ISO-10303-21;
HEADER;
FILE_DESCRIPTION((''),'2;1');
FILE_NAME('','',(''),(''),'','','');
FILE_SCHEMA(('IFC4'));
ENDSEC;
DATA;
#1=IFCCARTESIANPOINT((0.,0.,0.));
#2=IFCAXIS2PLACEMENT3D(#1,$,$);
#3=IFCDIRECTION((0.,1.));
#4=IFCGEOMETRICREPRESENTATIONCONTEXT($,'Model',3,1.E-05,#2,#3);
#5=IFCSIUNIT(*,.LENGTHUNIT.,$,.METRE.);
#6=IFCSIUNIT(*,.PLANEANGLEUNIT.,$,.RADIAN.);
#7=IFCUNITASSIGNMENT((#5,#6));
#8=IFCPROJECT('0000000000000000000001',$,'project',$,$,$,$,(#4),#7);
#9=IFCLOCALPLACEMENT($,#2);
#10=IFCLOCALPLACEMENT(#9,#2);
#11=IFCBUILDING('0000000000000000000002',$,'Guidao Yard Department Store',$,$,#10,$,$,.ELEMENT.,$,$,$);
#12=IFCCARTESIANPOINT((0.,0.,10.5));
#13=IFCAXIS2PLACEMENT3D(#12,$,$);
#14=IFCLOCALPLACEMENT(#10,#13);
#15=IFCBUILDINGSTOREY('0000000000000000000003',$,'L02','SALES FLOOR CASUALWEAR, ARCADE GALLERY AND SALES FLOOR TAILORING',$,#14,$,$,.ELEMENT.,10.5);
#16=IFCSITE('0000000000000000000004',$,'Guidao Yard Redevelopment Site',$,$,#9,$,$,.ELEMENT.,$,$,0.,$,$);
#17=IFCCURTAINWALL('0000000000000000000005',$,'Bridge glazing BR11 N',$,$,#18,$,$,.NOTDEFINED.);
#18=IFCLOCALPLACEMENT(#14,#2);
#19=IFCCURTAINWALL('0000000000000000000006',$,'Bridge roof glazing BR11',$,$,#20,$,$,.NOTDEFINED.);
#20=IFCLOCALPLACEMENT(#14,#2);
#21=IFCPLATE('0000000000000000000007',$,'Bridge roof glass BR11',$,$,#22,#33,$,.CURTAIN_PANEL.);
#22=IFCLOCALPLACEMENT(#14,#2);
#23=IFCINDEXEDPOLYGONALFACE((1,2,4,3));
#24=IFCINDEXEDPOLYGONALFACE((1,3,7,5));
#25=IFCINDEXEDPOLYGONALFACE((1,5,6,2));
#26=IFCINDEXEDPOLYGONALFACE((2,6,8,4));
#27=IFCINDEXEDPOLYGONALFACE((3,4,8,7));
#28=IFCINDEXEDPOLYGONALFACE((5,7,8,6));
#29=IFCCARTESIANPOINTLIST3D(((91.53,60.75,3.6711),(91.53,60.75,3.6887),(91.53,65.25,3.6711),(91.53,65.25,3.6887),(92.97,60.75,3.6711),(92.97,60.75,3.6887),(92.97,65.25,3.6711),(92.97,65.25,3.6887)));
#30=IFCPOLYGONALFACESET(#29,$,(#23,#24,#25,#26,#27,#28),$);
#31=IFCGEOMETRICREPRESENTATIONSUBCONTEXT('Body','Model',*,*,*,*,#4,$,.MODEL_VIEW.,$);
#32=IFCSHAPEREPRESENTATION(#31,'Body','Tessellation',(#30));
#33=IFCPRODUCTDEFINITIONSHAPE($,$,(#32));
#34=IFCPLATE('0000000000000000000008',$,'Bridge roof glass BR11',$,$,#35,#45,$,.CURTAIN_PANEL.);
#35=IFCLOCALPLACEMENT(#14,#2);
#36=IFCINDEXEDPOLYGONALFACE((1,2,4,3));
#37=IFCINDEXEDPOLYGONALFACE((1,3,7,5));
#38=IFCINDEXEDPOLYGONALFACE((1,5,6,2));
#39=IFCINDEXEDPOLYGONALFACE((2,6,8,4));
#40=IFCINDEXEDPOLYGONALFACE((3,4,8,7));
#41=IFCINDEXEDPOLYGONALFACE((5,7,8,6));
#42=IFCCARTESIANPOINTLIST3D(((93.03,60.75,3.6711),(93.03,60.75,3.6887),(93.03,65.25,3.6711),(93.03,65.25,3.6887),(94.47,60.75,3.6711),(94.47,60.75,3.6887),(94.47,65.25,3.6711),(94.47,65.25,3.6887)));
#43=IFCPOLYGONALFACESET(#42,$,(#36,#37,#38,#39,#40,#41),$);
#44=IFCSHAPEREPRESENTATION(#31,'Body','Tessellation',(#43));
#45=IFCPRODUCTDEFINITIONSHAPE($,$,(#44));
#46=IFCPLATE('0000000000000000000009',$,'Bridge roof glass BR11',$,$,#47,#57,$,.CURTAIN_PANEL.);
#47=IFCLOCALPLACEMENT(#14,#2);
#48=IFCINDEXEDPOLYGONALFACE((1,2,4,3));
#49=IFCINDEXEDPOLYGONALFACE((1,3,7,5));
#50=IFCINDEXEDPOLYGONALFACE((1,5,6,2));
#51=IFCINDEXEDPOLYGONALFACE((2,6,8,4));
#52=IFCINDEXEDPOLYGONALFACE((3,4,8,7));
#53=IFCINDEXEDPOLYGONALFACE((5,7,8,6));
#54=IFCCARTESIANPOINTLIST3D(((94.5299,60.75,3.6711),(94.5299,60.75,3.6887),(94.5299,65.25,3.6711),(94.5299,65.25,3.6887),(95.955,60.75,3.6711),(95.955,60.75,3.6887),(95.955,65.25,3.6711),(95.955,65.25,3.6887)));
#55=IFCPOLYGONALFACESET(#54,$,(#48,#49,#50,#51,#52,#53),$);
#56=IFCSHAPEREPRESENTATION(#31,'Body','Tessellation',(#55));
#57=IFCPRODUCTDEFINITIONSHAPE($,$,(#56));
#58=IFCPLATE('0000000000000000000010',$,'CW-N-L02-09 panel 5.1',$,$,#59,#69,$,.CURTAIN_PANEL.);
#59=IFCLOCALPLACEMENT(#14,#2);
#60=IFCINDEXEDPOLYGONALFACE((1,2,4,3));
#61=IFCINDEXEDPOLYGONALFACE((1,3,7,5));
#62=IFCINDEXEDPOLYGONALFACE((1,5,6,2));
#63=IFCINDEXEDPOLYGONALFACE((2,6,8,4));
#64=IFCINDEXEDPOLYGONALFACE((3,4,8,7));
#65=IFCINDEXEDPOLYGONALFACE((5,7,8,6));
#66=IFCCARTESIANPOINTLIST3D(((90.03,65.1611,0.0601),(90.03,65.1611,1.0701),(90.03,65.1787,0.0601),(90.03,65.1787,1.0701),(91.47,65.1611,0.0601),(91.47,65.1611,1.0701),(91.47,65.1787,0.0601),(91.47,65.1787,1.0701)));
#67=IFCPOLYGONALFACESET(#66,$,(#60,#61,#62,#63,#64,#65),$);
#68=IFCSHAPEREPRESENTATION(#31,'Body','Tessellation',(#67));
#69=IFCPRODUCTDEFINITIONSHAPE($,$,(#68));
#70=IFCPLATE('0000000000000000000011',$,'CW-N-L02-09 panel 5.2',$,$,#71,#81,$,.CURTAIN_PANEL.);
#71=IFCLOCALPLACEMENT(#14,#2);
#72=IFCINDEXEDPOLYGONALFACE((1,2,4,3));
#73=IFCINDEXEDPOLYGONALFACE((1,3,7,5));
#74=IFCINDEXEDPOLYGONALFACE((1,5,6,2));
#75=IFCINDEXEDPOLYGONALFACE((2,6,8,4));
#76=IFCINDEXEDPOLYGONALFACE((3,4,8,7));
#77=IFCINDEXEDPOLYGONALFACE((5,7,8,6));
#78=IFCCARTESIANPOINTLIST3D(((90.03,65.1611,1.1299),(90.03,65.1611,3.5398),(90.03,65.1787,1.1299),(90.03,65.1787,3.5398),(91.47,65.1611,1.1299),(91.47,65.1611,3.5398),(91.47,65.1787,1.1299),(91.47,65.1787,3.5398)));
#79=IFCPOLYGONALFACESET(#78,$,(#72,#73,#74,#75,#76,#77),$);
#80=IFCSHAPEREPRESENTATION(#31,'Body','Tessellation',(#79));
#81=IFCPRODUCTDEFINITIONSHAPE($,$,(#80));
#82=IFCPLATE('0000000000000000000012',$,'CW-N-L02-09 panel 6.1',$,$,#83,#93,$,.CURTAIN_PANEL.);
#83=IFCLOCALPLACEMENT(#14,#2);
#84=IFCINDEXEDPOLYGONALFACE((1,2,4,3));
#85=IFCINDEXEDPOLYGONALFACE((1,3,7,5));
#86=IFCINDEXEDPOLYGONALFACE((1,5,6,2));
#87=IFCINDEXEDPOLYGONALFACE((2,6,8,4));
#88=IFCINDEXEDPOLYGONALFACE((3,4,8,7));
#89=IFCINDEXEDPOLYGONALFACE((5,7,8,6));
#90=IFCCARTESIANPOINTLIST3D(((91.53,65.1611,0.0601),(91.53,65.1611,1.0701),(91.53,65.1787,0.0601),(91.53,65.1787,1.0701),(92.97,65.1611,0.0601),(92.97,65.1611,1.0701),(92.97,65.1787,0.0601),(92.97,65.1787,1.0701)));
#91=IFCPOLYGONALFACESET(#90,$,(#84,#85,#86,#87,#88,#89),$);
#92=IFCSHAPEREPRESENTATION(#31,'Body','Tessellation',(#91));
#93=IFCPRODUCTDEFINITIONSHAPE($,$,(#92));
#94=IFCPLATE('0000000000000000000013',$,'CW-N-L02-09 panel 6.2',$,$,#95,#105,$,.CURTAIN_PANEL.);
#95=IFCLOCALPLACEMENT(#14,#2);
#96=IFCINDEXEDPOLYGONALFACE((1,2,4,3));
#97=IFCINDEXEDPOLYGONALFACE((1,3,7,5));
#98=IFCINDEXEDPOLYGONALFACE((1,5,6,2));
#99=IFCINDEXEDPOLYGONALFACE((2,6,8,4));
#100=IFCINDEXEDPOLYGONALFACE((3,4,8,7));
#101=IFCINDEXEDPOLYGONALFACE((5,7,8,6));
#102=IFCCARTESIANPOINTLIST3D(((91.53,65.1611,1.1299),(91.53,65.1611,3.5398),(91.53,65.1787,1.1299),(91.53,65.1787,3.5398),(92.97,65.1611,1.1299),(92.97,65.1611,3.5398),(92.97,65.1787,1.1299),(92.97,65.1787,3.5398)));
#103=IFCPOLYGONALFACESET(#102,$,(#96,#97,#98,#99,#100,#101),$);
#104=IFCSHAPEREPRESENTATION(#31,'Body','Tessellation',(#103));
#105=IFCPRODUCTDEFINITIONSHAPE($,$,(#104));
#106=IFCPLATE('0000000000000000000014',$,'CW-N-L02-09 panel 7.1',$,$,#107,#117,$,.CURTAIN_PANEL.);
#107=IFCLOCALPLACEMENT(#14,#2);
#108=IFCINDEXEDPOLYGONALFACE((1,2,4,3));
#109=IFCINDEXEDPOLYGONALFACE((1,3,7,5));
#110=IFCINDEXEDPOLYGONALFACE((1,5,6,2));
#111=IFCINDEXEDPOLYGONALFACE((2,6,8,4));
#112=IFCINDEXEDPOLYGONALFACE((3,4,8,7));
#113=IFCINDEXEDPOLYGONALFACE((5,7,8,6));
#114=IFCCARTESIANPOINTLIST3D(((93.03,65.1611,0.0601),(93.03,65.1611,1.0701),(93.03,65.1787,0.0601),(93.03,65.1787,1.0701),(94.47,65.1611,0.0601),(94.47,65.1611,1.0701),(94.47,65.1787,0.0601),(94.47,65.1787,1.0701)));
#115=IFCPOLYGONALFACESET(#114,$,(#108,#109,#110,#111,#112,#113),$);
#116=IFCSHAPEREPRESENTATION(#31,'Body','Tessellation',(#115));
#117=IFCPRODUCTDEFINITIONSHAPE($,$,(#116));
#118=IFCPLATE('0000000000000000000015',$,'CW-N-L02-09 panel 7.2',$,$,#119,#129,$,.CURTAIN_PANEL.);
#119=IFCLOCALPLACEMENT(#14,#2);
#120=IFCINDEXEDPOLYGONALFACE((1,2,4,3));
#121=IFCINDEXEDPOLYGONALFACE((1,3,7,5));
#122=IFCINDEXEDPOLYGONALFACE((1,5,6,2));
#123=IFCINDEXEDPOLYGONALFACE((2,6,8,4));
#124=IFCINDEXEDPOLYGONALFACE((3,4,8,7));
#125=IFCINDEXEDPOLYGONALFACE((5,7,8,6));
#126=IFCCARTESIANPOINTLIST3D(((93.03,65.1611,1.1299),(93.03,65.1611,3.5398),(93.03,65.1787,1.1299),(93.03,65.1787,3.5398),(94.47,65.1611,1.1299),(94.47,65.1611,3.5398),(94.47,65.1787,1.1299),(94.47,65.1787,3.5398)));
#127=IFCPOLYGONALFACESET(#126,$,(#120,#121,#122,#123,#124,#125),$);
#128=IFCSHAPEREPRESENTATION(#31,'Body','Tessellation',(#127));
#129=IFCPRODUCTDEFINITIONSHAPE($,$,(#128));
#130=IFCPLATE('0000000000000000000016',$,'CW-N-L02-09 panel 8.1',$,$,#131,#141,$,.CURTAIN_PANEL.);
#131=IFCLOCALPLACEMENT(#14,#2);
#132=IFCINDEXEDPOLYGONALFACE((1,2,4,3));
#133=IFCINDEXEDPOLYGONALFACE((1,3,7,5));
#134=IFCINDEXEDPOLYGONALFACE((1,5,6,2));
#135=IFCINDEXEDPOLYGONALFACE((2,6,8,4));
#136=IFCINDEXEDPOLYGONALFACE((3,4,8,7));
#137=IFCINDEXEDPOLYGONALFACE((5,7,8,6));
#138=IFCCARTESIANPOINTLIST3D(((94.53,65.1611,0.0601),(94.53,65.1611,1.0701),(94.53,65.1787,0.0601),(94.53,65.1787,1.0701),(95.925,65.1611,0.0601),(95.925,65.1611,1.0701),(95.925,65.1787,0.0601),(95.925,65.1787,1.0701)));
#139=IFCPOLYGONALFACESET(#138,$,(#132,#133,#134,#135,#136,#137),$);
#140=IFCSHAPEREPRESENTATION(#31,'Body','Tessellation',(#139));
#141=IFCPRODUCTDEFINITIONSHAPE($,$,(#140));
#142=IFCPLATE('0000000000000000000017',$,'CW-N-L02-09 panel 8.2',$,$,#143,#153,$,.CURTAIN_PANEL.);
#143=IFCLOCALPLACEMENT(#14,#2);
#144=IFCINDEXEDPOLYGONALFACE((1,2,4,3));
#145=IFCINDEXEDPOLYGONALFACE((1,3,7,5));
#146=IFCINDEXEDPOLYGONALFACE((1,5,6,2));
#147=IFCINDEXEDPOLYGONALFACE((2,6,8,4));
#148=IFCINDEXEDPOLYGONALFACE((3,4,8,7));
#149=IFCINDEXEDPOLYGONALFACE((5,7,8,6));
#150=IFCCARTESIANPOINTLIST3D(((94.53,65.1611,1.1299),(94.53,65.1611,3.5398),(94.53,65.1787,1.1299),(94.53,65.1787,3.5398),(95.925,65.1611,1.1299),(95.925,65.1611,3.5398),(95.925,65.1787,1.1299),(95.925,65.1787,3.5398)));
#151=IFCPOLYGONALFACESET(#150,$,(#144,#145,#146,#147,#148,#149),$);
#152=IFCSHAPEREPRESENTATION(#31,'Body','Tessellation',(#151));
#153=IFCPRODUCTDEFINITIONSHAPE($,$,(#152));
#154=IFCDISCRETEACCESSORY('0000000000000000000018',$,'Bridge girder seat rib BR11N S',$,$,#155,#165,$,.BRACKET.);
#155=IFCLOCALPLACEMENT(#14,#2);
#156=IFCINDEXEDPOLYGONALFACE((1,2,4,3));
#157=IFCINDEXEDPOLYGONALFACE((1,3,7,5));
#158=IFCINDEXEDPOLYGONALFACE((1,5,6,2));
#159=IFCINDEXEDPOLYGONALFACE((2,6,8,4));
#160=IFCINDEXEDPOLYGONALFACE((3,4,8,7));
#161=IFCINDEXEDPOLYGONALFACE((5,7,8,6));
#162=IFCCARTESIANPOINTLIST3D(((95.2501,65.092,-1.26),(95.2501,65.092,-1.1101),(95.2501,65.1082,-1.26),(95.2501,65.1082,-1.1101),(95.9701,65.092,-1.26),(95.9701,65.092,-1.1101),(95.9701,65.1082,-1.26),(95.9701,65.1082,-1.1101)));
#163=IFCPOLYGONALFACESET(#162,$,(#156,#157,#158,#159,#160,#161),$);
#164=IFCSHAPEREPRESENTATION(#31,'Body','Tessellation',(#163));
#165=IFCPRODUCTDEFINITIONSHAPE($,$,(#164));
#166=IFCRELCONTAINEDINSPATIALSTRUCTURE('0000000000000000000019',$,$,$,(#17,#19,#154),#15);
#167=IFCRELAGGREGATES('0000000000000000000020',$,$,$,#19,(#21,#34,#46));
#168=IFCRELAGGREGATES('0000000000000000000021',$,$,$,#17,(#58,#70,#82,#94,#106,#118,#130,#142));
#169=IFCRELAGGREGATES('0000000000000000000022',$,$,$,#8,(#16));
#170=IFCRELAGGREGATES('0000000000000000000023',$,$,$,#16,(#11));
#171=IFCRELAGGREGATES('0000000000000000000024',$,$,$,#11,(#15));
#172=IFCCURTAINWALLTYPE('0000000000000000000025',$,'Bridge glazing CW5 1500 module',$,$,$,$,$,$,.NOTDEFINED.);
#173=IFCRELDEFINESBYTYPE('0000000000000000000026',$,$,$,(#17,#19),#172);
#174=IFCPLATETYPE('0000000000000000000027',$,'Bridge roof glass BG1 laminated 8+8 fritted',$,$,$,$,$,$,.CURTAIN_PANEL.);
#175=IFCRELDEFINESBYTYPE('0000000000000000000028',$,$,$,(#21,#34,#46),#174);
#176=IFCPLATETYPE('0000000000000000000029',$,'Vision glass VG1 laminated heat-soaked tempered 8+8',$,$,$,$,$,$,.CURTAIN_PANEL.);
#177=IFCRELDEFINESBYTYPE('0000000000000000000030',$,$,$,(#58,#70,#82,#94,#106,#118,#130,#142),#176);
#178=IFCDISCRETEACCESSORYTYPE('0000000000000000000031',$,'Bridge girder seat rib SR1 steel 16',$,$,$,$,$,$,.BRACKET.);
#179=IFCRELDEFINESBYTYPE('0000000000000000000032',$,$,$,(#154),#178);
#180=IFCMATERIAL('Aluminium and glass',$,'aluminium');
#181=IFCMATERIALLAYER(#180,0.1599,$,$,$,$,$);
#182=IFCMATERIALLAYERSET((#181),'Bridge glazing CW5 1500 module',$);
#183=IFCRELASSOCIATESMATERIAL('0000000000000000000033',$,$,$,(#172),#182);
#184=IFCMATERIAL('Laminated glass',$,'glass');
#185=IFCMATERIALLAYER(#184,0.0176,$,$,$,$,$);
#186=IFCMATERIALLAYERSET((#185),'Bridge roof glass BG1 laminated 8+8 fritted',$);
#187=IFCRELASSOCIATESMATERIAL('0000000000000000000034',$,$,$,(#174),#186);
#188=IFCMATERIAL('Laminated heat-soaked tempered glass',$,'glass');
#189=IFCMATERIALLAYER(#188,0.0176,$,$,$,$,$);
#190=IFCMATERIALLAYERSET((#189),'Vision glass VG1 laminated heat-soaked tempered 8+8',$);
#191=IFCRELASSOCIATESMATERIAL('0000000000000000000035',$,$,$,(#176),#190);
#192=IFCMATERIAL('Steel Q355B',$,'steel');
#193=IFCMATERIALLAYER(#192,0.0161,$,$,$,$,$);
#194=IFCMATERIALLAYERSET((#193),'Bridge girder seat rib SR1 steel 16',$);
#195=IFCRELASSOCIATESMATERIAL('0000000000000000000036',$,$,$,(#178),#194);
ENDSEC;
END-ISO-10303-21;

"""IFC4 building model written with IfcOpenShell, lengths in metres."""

from ifc_helpers import new_model, si_unit, direction, frame, origin, origin_2d, place, context, subcontext, project, spatial, rectangle, extrude, material, layer, layer_set, type_object, element, aggregate, save


model = new_model("IFC4")

# Units and contexts
model_context = context("Model", 3, precision=1e-05, world=origin(), true_north=direction((0.0, 1.0)))
body_context = subcontext(model_context, "Body", "Model", "MODEL_VIEW")
ifc_project = project(units=[si_unit("LENGTHUNIT", "METRE"), si_unit("PLANEANGLEUNIT", "RADIAN")], contexts=[model_context])

# Site, building, storey
site_placement = place(None, origin())
site = spatial("IfcSite", under=ifc_project, at=site_placement, Name="Guidao Yard Redevelopment Site", CompositionType="ELEMENT", RefElevation=0.0)
building_placement = place(site_placement, origin())
building = spatial("IfcBuilding", under=site, at=building_placement, Name="Guidao Yard Department Store", CompositionType="ELEMENT")
storey_placement = place(building_placement, frame((0.0, 0.0, 10.5)))
storey = spatial("IfcBuildingStorey", under=building, at=storey_placement, Name="L02", Description="SALES FLOOR CASUALWEAR, ARCADE GALLERY AND SALES FLOOR TAILORING", CompositionType="ELEMENT", Elevation=10.5)

# Curtain wall
ifc_material_1 = material(Name="Aluminium and glass", Category="aluminium")
ifc_layer_1 = layer(ifc_material_1, 0.1599)
ifc_layer_set_1 = layer_set([ifc_layer_1], Name="Bridge glazing CW5 1500 module")
curtain_wall_type = type_object("IfcCurtainWallType", Name="Bridge glazing CW5 1500 module", PredefinedType="NOTDEFINED", material=ifc_layer_set_1)
curtain_wall_1_placement = place(storey_placement, origin())
curtain_wall_1 = element("IfcCurtainWall", 1, at=curtain_wall_1_placement, inside=storey, type_object=curtain_wall_type, Name="Bridge glazing BR11 N", PredefinedType="NOTDEFINED")

# Curtain wall, plates
curtain_wall_2_placement = place(storey_placement, origin())
curtain_wall_2 = element("IfcCurtainWall", 2, at=curtain_wall_2_placement, inside=storey, type_object=curtain_wall_type, Name="Bridge roof glazing BR11", PredefinedType="NOTDEFINED")
ifc_material_2 = material(Name="Laminated glass", Category="glass")
ifc_layer_2 = layer(ifc_material_2, 0.0176)
ifc_layer_set_2 = layer_set([ifc_layer_2], Name="Bridge roof glass BG1 laminated 8+8 fritted")
plate_type_1 = type_object("IfcPlateType", Name="Bridge roof glass BG1 laminated 8+8 fritted", PredefinedType="CURTAIN_PANEL", material=ifc_layer_set_2)
plate_1_placement = place(storey_placement, frame((92.25, 63.0, 3.6711), z_axis=(0.0, 0.0, 1.0), x_axis=(1.0, 0.0, 0.0)))
plate_1 = element("IfcPlate", 3, at=plate_1_placement, type_object=plate_type_1, Name="Bridge roof glass BR11", PredefinedType="CURTAIN_PANEL", context=body_context, shape_type="SweptSolid", body=[
    extrude(rectangle(XDim=1.4399, YDim=4.5, at=origin_2d()), origin(), (0.0, 0.0, 1.0), 0.0176),
])
plate_2_placement = place(storey_placement, frame((93.75, 63.0, 3.6711), z_axis=(0.0, 0.0, 1.0), x_axis=(1.0, 0.0, 0.0)))
plate_2 = element("IfcPlate", 4, at=plate_2_placement, type_object=plate_type_1, Name="Bridge roof glass BR11", PredefinedType="CURTAIN_PANEL", context=body_context, shape_type="SweptSolid", body=[
    extrude(rectangle(XDim=1.4399, YDim=4.5, at=origin_2d()), origin(), (0.0, 0.0, 1.0), 0.0176),
])
plate_3_placement = place(storey_placement, frame((95.2424, 63.0, 3.6711), z_axis=(0.0, 0.0, 1.0), x_axis=(1.0, 0.0, 0.0)))
plate_3 = element("IfcPlate", 5, at=plate_3_placement, type_object=plate_type_1, Name="Bridge roof glass BR11", PredefinedType="CURTAIN_PANEL", context=body_context, shape_type="SweptSolid", body=[
    extrude(rectangle(XDim=1.425, YDim=4.5, at=origin_2d()), origin(), (0.0, 0.0, 1.0), 0.0176),
])
aggregate(curtain_wall_2, [plate_1, plate_2, plate_3])

# Plates
ifc_material_3 = material(Name="Laminated heat-soaked tempered glass", Category="glass")
ifc_layer_3 = layer(ifc_material_3, 0.0176)
ifc_layer_set_3 = layer_set([ifc_layer_3], Name="Vision glass VG1 laminated heat-soaked tempered 8+8")
plate_type_2 = type_object("IfcPlateType", Name="Vision glass VG1 laminated heat-soaked tempered 8+8", PredefinedType="CURTAIN_PANEL", material=ifc_layer_set_3)
plate_4_placement = place(storey_placement, frame((90.75, 65.1699, 0.0601), z_axis=(0.0, 0.0, 1.0), x_axis=(1.0, 0.0, 0.0)))
plate_4 = element("IfcPlate", 6, at=plate_4_placement, type_object=plate_type_2, Name="CW-N-L02-09 panel 5.1", PredefinedType="CURTAIN_PANEL", context=body_context, shape_type="SweptSolid", body=[
    extrude(rectangle(XDim=1.4399, YDim=0.0176, at=origin_2d()), origin(), (0.0, 0.0, 1.0), 1.01),
])
plate_5_placement = place(storey_placement, frame((90.75, 65.1699, 1.1299), z_axis=(0.0, 0.0, 1.0), x_axis=(1.0, 0.0, 0.0)))
plate_5 = element("IfcPlate", 7, at=plate_5_placement, type_object=plate_type_2, Name="CW-N-L02-09 panel 5.2", PredefinedType="CURTAIN_PANEL", context=body_context, shape_type="SweptSolid", body=[
    extrude(rectangle(XDim=1.4399, YDim=0.0176, at=origin_2d()), origin(), (0.0, 0.0, 1.0), 2.4099),
])
plate_6_placement = place(storey_placement, frame((92.25, 65.1699, 0.0601), z_axis=(0.0, 0.0, 1.0), x_axis=(1.0, 0.0, 0.0)))
plate_6 = element("IfcPlate", 8, at=plate_6_placement, type_object=plate_type_2, Name="CW-N-L02-09 panel 6.1", PredefinedType="CURTAIN_PANEL", context=body_context, shape_type="SweptSolid", body=[
    extrude(rectangle(XDim=1.4399, YDim=0.0176, at=origin_2d()), origin(), (0.0, 0.0, 1.0), 1.01),
])
plate_7_placement = place(storey_placement, frame((92.25, 65.1699, 1.1299), z_axis=(0.0, 0.0, 1.0), x_axis=(1.0, 0.0, 0.0)))
plate_7 = element("IfcPlate", 9, at=plate_7_placement, type_object=plate_type_2, Name="CW-N-L02-09 panel 6.2", PredefinedType="CURTAIN_PANEL", context=body_context, shape_type="SweptSolid", body=[
    extrude(rectangle(XDim=1.4399, YDim=0.0176, at=origin_2d()), origin(), (0.0, 0.0, 1.0), 2.4099),
])
plate_8_placement = place(storey_placement, frame((93.75, 65.1699, 0.0601), z_axis=(0.0, 0.0, 1.0), x_axis=(1.0, 0.0, 0.0)))
plate_8 = element("IfcPlate", 10, at=plate_8_placement, type_object=plate_type_2, Name="CW-N-L02-09 panel 7.1", PredefinedType="CURTAIN_PANEL", context=body_context, shape_type="SweptSolid", body=[
    extrude(rectangle(XDim=1.4399, YDim=0.0176, at=origin_2d()), origin(), (0.0, 0.0, 1.0), 1.01),
])
plate_9_placement = place(storey_placement, frame((93.75, 65.1699, 1.1299), z_axis=(0.0, 0.0, 1.0), x_axis=(1.0, 0.0, 0.0)))
plate_9 = element("IfcPlate", 11, at=plate_9_placement, type_object=plate_type_2, Name="CW-N-L02-09 panel 7.2", PredefinedType="CURTAIN_PANEL", context=body_context, shape_type="SweptSolid", body=[
    extrude(rectangle(XDim=1.4399, YDim=0.0176, at=origin_2d()), origin(), (0.0, 0.0, 1.0), 2.4099),
])
plate_10_placement = place(storey_placement, frame((95.2275, 65.1699, 0.0601), z_axis=(0.0, 0.0, 1.0), x_axis=(1.0, 0.0, 0.0)))
plate_10 = element("IfcPlate", 12, at=plate_10_placement, type_object=plate_type_2, Name="CW-N-L02-09 panel 8.1", PredefinedType="CURTAIN_PANEL", context=body_context, shape_type="SweptSolid", body=[
    extrude(rectangle(XDim=1.395, YDim=0.0176, at=origin_2d()), origin(), (0.0, 0.0, 1.0), 1.01),
])
plate_11_placement = place(storey_placement, frame((95.2275, 65.1699, 1.1299), z_axis=(0.0, 0.0, 1.0), x_axis=(1.0, 0.0, 0.0)))
plate_11 = element("IfcPlate", 13, at=plate_11_placement, type_object=plate_type_2, Name="CW-N-L02-09 panel 8.2", PredefinedType="CURTAIN_PANEL", context=body_context, shape_type="SweptSolid", body=[
    extrude(rectangle(XDim=1.395, YDim=0.0176, at=origin_2d()), origin(), (0.0, 0.0, 1.0), 2.4099),
])
aggregate(curtain_wall_1, [plate_4, plate_5, plate_6, plate_7, plate_8, plate_9, plate_10, plate_11])

# Discrete accessory
ifc_material_4 = material(Name="Steel Q355B", Category="steel")
ifc_layer_4 = layer(ifc_material_4, 0.0161)
ifc_layer_set_4 = layer_set([ifc_layer_4], Name="Bridge girder seat rib SR1 steel 16")
discrete_accessory_type = type_object("IfcDiscreteAccessoryType", Name="Bridge girder seat rib SR1 steel 16", PredefinedType="BRACKET", material=ifc_layer_set_4)
discrete_accessory_placement = place(storey_placement, frame((95.6101, 65.1001, -1.26), z_axis=(0.0, 0.0, 1.0), x_axis=(1.0, 0.0, 0.0)))
element("IfcDiscreteAccessory", 14, at=discrete_accessory_placement, inside=storey, type_object=discrete_accessory_type, Name="Bridge girder seat rib BR11N S", PredefinedType="BRACKET", context=body_context, shape_type="SweptSolid", body=[
    extrude(rectangle(XDim=0.72, YDim=0.0161, at=origin_2d()), origin(), (0.0, 0.0, 1.0), 0.1499),
])

save(model, "model.ifc")
